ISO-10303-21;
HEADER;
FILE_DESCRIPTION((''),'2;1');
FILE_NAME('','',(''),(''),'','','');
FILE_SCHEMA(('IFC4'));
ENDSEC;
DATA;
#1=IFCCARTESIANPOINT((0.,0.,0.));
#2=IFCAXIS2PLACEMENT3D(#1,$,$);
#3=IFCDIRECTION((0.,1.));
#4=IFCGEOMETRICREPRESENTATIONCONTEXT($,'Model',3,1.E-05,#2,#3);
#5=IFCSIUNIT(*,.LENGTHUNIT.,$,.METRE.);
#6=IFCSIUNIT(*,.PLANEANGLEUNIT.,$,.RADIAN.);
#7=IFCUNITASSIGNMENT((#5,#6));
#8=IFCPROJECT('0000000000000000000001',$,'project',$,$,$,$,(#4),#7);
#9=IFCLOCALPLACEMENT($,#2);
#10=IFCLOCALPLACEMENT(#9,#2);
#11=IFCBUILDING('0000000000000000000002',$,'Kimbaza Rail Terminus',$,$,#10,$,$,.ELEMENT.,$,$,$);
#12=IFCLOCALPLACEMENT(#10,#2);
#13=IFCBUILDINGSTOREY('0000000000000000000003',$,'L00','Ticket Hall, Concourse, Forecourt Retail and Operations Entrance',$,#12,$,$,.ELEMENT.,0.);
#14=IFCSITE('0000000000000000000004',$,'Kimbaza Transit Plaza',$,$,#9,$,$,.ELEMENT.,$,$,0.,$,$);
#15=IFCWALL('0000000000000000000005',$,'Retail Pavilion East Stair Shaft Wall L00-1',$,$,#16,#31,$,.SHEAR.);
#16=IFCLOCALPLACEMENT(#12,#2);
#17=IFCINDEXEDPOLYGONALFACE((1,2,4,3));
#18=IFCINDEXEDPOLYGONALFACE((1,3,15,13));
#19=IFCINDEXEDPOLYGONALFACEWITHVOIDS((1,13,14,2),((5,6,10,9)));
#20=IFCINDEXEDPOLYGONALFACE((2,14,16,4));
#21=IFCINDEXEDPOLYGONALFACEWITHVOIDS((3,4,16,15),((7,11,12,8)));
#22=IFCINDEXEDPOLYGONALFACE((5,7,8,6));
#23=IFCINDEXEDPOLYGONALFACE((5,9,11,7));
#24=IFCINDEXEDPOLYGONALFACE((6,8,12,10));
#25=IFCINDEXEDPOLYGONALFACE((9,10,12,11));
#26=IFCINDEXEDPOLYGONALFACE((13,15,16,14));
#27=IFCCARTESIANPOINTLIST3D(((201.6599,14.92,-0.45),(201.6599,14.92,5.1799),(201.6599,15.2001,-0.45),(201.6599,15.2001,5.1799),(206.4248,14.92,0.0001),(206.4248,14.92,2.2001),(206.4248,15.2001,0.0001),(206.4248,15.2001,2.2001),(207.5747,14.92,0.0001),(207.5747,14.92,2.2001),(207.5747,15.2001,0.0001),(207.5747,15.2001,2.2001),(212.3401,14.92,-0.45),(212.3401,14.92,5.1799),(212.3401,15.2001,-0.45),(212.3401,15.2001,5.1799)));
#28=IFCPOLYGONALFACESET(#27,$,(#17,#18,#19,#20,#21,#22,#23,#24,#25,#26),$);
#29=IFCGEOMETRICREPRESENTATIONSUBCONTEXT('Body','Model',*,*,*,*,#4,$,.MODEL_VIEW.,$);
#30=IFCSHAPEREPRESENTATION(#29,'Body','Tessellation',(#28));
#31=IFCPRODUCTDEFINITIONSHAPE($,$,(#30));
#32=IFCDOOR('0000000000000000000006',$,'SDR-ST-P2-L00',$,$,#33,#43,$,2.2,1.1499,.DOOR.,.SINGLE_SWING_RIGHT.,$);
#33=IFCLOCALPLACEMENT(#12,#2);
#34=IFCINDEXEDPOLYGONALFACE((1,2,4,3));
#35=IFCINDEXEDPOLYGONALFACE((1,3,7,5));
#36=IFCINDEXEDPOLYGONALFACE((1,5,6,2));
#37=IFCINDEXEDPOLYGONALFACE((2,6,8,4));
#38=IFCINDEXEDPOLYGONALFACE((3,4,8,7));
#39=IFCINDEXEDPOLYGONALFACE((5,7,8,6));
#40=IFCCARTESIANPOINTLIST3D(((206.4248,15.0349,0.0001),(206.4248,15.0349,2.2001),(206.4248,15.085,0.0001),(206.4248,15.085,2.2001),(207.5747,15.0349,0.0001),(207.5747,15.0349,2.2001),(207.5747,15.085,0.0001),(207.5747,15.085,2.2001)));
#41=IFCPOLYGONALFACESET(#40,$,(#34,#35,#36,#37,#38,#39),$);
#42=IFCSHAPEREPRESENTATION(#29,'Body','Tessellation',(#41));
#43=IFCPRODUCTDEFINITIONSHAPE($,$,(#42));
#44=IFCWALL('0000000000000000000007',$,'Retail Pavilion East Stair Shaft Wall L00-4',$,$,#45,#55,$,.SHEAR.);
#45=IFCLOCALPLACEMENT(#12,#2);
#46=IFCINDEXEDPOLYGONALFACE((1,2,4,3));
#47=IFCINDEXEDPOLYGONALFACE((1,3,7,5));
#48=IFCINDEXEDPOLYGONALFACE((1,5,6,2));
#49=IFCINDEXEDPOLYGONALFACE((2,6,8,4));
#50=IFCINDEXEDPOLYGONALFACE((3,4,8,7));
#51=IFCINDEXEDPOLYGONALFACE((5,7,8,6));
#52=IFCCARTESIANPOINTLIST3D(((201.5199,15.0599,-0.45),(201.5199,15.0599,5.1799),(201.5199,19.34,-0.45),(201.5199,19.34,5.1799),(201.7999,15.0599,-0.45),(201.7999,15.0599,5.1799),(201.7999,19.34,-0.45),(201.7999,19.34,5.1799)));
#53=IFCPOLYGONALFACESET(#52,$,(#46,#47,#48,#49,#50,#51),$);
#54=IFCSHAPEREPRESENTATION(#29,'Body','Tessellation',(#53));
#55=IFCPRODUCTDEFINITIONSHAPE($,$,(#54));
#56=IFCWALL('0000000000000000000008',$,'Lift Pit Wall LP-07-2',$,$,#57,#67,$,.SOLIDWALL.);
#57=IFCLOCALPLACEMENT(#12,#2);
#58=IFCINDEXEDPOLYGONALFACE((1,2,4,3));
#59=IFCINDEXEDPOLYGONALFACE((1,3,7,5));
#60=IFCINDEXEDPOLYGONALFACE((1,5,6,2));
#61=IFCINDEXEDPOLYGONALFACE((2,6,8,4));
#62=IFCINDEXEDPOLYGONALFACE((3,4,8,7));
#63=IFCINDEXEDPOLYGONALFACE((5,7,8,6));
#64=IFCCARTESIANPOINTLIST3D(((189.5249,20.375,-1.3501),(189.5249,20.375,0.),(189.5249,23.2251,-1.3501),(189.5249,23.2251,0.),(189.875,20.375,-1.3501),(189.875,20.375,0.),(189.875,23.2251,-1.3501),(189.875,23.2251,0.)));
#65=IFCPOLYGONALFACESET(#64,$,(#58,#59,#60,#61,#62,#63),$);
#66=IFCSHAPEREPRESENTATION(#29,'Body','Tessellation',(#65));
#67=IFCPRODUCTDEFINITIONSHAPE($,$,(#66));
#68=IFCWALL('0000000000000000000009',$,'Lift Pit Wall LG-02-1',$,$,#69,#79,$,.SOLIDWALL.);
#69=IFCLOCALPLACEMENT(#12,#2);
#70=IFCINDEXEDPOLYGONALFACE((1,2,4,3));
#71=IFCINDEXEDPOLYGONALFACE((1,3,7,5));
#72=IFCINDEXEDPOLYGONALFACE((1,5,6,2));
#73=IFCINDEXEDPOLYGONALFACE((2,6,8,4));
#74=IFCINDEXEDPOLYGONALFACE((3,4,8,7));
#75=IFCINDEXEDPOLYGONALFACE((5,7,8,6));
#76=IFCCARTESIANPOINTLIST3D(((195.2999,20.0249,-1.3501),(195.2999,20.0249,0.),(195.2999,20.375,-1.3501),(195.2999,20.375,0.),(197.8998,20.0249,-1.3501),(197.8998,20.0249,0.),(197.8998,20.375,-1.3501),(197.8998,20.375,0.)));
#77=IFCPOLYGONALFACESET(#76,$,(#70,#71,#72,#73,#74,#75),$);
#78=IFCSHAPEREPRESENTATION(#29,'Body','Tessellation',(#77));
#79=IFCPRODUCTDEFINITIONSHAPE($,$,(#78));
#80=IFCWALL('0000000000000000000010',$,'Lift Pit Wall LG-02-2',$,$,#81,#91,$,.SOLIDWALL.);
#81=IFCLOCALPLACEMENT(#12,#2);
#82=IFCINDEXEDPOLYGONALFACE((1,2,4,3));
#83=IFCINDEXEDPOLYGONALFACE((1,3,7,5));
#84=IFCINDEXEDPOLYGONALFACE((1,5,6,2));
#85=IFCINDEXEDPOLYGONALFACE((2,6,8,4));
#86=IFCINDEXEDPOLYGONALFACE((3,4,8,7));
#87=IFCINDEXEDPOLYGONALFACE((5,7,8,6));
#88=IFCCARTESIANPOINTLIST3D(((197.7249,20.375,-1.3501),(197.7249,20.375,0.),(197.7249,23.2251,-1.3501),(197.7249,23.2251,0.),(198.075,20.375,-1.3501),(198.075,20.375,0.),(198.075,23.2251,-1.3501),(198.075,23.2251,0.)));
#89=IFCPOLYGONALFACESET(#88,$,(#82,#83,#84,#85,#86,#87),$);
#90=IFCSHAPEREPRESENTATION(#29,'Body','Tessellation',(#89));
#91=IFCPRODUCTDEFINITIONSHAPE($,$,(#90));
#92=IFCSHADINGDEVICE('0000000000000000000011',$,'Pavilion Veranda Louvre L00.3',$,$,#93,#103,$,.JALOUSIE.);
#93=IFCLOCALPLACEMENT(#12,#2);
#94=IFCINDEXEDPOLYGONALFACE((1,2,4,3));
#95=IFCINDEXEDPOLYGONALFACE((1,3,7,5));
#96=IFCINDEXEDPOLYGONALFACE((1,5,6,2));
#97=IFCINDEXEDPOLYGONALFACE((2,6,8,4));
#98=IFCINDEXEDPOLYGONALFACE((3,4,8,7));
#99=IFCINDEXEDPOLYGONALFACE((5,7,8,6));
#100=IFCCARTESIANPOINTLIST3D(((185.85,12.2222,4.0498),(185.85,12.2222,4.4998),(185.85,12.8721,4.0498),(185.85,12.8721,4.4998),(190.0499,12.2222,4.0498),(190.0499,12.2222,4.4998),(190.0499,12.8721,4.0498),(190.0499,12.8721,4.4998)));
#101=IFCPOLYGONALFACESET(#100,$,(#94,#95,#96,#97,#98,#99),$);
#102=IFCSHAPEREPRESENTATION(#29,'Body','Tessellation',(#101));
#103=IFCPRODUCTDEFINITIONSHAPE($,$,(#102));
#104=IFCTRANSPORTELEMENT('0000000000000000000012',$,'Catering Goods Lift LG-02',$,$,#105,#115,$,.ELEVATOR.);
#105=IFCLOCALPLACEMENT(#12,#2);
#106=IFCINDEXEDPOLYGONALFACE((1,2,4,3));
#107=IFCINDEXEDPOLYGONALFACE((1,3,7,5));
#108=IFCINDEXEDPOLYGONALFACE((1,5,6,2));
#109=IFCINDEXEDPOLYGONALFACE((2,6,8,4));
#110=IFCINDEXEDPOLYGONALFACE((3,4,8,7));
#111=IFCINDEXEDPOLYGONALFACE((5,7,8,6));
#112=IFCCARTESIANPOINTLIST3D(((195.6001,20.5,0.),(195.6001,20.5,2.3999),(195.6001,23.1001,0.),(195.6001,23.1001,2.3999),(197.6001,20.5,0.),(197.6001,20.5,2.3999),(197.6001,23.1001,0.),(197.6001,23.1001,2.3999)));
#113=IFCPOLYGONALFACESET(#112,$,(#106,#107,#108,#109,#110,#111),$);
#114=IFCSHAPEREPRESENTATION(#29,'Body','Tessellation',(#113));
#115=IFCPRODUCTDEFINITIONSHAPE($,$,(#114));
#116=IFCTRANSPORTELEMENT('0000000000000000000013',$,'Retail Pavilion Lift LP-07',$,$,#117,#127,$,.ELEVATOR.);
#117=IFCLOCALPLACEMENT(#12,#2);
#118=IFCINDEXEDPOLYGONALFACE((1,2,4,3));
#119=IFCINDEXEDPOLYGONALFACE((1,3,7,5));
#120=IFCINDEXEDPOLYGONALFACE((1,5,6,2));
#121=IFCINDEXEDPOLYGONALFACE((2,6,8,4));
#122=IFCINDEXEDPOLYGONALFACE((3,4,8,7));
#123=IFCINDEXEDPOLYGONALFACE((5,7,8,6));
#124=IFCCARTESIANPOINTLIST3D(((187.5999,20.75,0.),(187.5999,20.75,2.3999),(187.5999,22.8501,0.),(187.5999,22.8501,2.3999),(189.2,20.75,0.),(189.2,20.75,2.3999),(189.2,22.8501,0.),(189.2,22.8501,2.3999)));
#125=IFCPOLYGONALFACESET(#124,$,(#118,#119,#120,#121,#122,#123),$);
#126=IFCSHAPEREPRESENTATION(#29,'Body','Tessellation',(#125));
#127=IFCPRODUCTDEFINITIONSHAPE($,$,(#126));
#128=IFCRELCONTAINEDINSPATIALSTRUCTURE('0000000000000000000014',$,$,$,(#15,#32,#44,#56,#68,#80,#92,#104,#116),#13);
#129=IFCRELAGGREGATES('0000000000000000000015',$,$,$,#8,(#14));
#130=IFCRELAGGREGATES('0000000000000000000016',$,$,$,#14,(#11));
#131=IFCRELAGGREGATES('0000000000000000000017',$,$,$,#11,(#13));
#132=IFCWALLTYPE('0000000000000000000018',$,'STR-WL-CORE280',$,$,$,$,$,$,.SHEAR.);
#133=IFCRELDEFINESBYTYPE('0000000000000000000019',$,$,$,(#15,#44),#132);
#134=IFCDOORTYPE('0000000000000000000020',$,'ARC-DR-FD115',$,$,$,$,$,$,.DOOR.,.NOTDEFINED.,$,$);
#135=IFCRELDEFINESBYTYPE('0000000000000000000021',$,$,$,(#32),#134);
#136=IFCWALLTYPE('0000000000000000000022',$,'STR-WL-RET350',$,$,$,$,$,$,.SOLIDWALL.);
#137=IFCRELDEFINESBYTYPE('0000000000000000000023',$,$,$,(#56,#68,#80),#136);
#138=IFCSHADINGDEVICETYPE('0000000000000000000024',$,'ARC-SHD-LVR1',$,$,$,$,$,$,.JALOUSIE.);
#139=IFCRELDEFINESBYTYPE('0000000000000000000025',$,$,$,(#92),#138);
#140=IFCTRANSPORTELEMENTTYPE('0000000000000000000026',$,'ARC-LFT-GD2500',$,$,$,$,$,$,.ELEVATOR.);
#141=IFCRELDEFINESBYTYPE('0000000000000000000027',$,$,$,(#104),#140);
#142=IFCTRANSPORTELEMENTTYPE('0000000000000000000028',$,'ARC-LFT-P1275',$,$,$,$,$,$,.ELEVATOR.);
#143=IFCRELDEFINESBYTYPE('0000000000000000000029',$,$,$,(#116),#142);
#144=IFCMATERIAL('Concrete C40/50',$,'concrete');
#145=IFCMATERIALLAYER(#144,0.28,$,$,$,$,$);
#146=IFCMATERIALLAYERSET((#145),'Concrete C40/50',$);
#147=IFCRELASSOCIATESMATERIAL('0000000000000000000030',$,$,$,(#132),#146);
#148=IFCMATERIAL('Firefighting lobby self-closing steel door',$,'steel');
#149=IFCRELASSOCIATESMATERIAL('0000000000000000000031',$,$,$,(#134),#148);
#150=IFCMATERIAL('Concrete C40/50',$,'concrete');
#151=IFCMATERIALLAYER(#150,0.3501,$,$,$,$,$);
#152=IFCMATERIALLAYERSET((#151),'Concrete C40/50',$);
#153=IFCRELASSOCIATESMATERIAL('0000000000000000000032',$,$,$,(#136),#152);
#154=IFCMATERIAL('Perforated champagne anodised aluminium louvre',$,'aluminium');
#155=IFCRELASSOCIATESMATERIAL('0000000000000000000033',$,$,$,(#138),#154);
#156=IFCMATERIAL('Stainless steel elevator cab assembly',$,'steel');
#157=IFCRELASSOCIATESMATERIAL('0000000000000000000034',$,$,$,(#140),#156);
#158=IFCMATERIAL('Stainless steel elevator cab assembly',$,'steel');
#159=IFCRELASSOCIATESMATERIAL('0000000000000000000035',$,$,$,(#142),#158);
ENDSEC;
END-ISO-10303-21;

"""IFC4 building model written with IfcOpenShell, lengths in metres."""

from ifc_helpers import new_model, si_unit, direction, frame, frame_2d, origin, origin_2d, place, context, subcontext, project, spatial, rectangle, extrude, material, layer, layer_set, type_object, element, fill, save


model = new_model("IFC4")

# Units and contexts
model_context = context("Model", 3, precision=1e-05, world=origin(), true_north=direction((0.0, 1.0)))
body_context = subcontext(model_context, "Body", "Model", "MODEL_VIEW")
ifc_project = project(units=[si_unit("LENGTHUNIT", "METRE"), si_unit("PLANEANGLEUNIT", "RADIAN")], contexts=[model_context])

# Site, building, storey
site_placement = place(None, origin())
site = spatial("IfcSite", under=ifc_project, at=site_placement, Name="Kimbaza Transit Plaza", CompositionType="ELEMENT", RefElevation=0.0)
building_placement = place(site_placement, origin())
building = spatial("IfcBuilding", under=site, at=building_placement, Name="Kimbaza Rail Terminus", CompositionType="ELEMENT")
storey_placement = place(building_placement, origin())
storey = spatial("IfcBuildingStorey", under=building, at=storey_placement, Name="L00", Description="Ticket Hall, Concourse, Forecourt Retail and Operations Entrance", CompositionType="ELEMENT", Elevation=0.0)

# Wall, opening, door
ifc_material_1 = material(Name="Concrete C40/50", Category="concrete")
ifc_layer_1 = layer(ifc_material_1, 0.28)
ifc_layer_set_1 = layer_set([ifc_layer_1], Name="Concrete C40/50")
wall_type_1 = type_object("IfcWallType", Name="STR-WL-CORE280", PredefinedType="SHEAR", material=ifc_layer_set_1)
wall_1_placement = place(storey_placement, frame((201.6599, 15.0601, -0.45), z_axis=(0.0, 0.0, 1.0), x_axis=(1.0, 0.0, 0.0)))
wall_1 = element("IfcWall", 1, at=wall_1_placement, inside=storey, type_object=wall_type_1, Name="Retail Pavilion East Stair Shaft Wall L00-1", PredefinedType="SHEAR", context=body_context, shape_type="SweptSolid", body=[
    extrude(rectangle(XDim=10.6802, YDim=0.28, at=frame_2d((5.3401, 0.0))), origin(), (0.0, 0.0, 1.0), 5.6299),
])
opening_1_placement = place(wall_1_placement, frame((4.7649, 0.0, 0.45)))
opening_1 = element("IfcOpeningElement", 2, at=opening_1_placement, cuts=wall_1, PredefinedType="OPENING", context=body_context, shape_type="SweptSolid", body=[
    extrude(rectangle(XDim=1.1499, YDim=2.2, at=frame_2d((0.575, 1.1001))), frame((0.0, 0.1499, 0.0), z_axis=(0.0, -1.0, 0.0), x_axis=(1.0, 0.0, 0.0)), (0.0, 0.0, 1.0), 0.3),
])
ifc_material_2 = material(Name="Firefighting lobby self-closing steel door", Category="steel")
door_type_1 = type_object("IfcDoorType", Name="ARC-DR-FD115", OperationType="NOTDEFINED", PredefinedType="DOOR", material=ifc_material_2)
door_1_placement = place(opening_1_placement, origin())
door_1 = element("IfcDoor", 3, at=door_1_placement, inside=storey, type_object=door_type_1, Name="SDR-ST-P2-L00", OperationType="SINGLE_SWING_RIGHT", OverallHeight=2.2, OverallWidth=1.1499, PredefinedType="DOOR", context=body_context, shape_type="SweptSolid", body=[
    extrude(rectangle(XDim=1.1499, YDim=2.2, at=frame_2d((0.575, 1.1001))), frame((0.0, 0.0249, 0.0), z_axis=(0.0, -1.0, 0.0), x_axis=(1.0, 0.0, 0.0)), (0.0, 0.0, 1.0), 0.05),
])
fill(opening_1, door_1)

# Walls
wall_2_placement = place(storey_placement, frame((201.6599, 19.3401, -0.45), z_axis=(0.0, 0.0, 1.0), x_axis=(0.0, -1.0, 0.0)))
element("IfcWall", 4, at=wall_2_placement, inside=storey, type_object=wall_type_1, Name="Retail Pavilion East Stair Shaft Wall L00-4", PredefinedType="SHEAR", context=body_context, shape_type="SweptSolid", body=[
    extrude(rectangle(XDim=4.28, YDim=0.28, at=frame_2d((2.1401, 0.0))), origin(), (0.0, 0.0, 1.0), 5.6299),
])
ifc_material_3 = material(Name="Concrete C40/50", Category="concrete")
ifc_layer_2 = layer(ifc_material_3, 0.3501)
ifc_layer_set_2 = layer_set([ifc_layer_2], Name="Concrete C40/50")
wall_type_2 = type_object("IfcWallType", Name="STR-WL-RET350", PredefinedType="SOLIDWALL", material=ifc_layer_set_2)
wall_3_placement = place(storey_placement, frame((189.7, 20.375, -1.3501), z_axis=(0.0, 0.0, 1.0), x_axis=(0.0, 1.0, 0.0)))
element("IfcWall", 5, at=wall_3_placement, inside=storey, type_object=wall_type_2, Name="Lift Pit Wall LP-07-2", PredefinedType="SOLIDWALL", context=body_context, shape_type="SweptSolid", body=[
    extrude(rectangle(XDim=2.8501, YDim=0.3501, at=frame_2d((1.425, 0.0))), origin(), (0.0, 0.0, 1.0), 1.3501),
])
wall_4_placement = place(storey_placement, frame((195.3, 20.2, -1.3501), z_axis=(0.0, 0.0, 1.0), x_axis=(1.0, 0.0, 0.0)))
element("IfcWall", 6, at=wall_4_placement, inside=storey, type_object=wall_type_2, Name="Lift Pit Wall LG-02-1", PredefinedType="SOLIDWALL", context=body_context, shape_type="SweptSolid", body=[
    extrude(rectangle(XDim=2.5999, YDim=0.3501, at=frame_2d((1.2998, 0.0))), origin(), (0.0, 0.0, 1.0), 1.3501),
])
wall_5_placement = place(storey_placement, frame((197.8999, 20.375, -1.3501), z_axis=(0.0, 0.0, 1.0), x_axis=(0.0, 1.0, 0.0)))
element("IfcWall", 7, at=wall_5_placement, inside=storey, type_object=wall_type_2, Name="Lift Pit Wall LG-02-2", PredefinedType="SOLIDWALL", context=body_context, shape_type="SweptSolid", body=[
    extrude(rectangle(XDim=2.8501, YDim=0.3501, at=frame_2d((1.425, 0.0))), origin(), (0.0, 0.0, 1.0), 1.3501),
])

# Shading device
ifc_material_4 = material(Name="Perforated champagne anodised aluminium louvre", Category="aluminium")
shading_device_type = type_object("IfcShadingDeviceType", Name="ARC-SHD-LVR1", PredefinedType="JALOUSIE", material=ifc_material_4)
shading_device_placement = place(storey_placement, frame((187.95, 12.5471, 4.0498), z_axis=(0.0, 0.0, 1.0), x_axis=(1.0, 0.0, 0.0)))
element("IfcShadingDevice", 8, at=shading_device_placement, inside=storey, type_object=shading_device_type, Name="Pavilion Veranda Louvre L00.3", PredefinedType="JALOUSIE", context=body_context, shape_type="SweptSolid", body=[
    extrude(rectangle(XDim=4.2, YDim=0.6499, at=origin_2d()), origin(), (0.0, 0.0, 1.0), 0.45),
])

# Transport elements
ifc_material_5 = material(Name="Stainless steel elevator cab assembly", Category="steel")
transport_element_type_1 = type_object("IfcTransportElementType", Name="ARC-LFT-GD2500", PredefinedType="ELEVATOR", material=ifc_material_5)
transport_element_1_placement = place(storey_placement, frame((196.6001, 21.8, 0.0), z_axis=(0.0, 0.0, 1.0), x_axis=(1.0, 0.0, 0.0)))
element("IfcTransportElement", 9, at=transport_element_1_placement, inside=storey, type_object=transport_element_type_1, Name="Catering Goods Lift LG-02", PredefinedType="ELEVATOR", context=body_context, shape_type="SweptSolid", body=[
    extrude(rectangle(XDim=2.0, YDim=2.6001, at=origin_2d()), origin(), (0.0, 0.0, 1.0), 2.3999),
])
ifc_material_6 = material(Name="Stainless steel elevator cab assembly", Category="steel")
transport_element_type_2 = type_object("IfcTransportElementType", Name="ARC-LFT-P1275", PredefinedType="ELEVATOR", material=ifc_material_6)
transport_element_2_placement = place(storey_placement, frame((188.3999, 21.8, 0.0), z_axis=(0.0, 0.0, 1.0), x_axis=(1.0, 0.0, 0.0)))
element("IfcTransportElement", 10, at=transport_element_2_placement, inside=storey, type_object=transport_element_type_2, Name="Retail Pavilion Lift LP-07", PredefinedType="ELEVATOR", context=body_context, shape_type="SweptSolid", body=[
    extrude(rectangle(XDim=1.6001, YDim=2.1001, at=origin_2d()), origin(), (0.0, 0.0, 1.0), 2.3999),
])

save(model, "model.ifc")
